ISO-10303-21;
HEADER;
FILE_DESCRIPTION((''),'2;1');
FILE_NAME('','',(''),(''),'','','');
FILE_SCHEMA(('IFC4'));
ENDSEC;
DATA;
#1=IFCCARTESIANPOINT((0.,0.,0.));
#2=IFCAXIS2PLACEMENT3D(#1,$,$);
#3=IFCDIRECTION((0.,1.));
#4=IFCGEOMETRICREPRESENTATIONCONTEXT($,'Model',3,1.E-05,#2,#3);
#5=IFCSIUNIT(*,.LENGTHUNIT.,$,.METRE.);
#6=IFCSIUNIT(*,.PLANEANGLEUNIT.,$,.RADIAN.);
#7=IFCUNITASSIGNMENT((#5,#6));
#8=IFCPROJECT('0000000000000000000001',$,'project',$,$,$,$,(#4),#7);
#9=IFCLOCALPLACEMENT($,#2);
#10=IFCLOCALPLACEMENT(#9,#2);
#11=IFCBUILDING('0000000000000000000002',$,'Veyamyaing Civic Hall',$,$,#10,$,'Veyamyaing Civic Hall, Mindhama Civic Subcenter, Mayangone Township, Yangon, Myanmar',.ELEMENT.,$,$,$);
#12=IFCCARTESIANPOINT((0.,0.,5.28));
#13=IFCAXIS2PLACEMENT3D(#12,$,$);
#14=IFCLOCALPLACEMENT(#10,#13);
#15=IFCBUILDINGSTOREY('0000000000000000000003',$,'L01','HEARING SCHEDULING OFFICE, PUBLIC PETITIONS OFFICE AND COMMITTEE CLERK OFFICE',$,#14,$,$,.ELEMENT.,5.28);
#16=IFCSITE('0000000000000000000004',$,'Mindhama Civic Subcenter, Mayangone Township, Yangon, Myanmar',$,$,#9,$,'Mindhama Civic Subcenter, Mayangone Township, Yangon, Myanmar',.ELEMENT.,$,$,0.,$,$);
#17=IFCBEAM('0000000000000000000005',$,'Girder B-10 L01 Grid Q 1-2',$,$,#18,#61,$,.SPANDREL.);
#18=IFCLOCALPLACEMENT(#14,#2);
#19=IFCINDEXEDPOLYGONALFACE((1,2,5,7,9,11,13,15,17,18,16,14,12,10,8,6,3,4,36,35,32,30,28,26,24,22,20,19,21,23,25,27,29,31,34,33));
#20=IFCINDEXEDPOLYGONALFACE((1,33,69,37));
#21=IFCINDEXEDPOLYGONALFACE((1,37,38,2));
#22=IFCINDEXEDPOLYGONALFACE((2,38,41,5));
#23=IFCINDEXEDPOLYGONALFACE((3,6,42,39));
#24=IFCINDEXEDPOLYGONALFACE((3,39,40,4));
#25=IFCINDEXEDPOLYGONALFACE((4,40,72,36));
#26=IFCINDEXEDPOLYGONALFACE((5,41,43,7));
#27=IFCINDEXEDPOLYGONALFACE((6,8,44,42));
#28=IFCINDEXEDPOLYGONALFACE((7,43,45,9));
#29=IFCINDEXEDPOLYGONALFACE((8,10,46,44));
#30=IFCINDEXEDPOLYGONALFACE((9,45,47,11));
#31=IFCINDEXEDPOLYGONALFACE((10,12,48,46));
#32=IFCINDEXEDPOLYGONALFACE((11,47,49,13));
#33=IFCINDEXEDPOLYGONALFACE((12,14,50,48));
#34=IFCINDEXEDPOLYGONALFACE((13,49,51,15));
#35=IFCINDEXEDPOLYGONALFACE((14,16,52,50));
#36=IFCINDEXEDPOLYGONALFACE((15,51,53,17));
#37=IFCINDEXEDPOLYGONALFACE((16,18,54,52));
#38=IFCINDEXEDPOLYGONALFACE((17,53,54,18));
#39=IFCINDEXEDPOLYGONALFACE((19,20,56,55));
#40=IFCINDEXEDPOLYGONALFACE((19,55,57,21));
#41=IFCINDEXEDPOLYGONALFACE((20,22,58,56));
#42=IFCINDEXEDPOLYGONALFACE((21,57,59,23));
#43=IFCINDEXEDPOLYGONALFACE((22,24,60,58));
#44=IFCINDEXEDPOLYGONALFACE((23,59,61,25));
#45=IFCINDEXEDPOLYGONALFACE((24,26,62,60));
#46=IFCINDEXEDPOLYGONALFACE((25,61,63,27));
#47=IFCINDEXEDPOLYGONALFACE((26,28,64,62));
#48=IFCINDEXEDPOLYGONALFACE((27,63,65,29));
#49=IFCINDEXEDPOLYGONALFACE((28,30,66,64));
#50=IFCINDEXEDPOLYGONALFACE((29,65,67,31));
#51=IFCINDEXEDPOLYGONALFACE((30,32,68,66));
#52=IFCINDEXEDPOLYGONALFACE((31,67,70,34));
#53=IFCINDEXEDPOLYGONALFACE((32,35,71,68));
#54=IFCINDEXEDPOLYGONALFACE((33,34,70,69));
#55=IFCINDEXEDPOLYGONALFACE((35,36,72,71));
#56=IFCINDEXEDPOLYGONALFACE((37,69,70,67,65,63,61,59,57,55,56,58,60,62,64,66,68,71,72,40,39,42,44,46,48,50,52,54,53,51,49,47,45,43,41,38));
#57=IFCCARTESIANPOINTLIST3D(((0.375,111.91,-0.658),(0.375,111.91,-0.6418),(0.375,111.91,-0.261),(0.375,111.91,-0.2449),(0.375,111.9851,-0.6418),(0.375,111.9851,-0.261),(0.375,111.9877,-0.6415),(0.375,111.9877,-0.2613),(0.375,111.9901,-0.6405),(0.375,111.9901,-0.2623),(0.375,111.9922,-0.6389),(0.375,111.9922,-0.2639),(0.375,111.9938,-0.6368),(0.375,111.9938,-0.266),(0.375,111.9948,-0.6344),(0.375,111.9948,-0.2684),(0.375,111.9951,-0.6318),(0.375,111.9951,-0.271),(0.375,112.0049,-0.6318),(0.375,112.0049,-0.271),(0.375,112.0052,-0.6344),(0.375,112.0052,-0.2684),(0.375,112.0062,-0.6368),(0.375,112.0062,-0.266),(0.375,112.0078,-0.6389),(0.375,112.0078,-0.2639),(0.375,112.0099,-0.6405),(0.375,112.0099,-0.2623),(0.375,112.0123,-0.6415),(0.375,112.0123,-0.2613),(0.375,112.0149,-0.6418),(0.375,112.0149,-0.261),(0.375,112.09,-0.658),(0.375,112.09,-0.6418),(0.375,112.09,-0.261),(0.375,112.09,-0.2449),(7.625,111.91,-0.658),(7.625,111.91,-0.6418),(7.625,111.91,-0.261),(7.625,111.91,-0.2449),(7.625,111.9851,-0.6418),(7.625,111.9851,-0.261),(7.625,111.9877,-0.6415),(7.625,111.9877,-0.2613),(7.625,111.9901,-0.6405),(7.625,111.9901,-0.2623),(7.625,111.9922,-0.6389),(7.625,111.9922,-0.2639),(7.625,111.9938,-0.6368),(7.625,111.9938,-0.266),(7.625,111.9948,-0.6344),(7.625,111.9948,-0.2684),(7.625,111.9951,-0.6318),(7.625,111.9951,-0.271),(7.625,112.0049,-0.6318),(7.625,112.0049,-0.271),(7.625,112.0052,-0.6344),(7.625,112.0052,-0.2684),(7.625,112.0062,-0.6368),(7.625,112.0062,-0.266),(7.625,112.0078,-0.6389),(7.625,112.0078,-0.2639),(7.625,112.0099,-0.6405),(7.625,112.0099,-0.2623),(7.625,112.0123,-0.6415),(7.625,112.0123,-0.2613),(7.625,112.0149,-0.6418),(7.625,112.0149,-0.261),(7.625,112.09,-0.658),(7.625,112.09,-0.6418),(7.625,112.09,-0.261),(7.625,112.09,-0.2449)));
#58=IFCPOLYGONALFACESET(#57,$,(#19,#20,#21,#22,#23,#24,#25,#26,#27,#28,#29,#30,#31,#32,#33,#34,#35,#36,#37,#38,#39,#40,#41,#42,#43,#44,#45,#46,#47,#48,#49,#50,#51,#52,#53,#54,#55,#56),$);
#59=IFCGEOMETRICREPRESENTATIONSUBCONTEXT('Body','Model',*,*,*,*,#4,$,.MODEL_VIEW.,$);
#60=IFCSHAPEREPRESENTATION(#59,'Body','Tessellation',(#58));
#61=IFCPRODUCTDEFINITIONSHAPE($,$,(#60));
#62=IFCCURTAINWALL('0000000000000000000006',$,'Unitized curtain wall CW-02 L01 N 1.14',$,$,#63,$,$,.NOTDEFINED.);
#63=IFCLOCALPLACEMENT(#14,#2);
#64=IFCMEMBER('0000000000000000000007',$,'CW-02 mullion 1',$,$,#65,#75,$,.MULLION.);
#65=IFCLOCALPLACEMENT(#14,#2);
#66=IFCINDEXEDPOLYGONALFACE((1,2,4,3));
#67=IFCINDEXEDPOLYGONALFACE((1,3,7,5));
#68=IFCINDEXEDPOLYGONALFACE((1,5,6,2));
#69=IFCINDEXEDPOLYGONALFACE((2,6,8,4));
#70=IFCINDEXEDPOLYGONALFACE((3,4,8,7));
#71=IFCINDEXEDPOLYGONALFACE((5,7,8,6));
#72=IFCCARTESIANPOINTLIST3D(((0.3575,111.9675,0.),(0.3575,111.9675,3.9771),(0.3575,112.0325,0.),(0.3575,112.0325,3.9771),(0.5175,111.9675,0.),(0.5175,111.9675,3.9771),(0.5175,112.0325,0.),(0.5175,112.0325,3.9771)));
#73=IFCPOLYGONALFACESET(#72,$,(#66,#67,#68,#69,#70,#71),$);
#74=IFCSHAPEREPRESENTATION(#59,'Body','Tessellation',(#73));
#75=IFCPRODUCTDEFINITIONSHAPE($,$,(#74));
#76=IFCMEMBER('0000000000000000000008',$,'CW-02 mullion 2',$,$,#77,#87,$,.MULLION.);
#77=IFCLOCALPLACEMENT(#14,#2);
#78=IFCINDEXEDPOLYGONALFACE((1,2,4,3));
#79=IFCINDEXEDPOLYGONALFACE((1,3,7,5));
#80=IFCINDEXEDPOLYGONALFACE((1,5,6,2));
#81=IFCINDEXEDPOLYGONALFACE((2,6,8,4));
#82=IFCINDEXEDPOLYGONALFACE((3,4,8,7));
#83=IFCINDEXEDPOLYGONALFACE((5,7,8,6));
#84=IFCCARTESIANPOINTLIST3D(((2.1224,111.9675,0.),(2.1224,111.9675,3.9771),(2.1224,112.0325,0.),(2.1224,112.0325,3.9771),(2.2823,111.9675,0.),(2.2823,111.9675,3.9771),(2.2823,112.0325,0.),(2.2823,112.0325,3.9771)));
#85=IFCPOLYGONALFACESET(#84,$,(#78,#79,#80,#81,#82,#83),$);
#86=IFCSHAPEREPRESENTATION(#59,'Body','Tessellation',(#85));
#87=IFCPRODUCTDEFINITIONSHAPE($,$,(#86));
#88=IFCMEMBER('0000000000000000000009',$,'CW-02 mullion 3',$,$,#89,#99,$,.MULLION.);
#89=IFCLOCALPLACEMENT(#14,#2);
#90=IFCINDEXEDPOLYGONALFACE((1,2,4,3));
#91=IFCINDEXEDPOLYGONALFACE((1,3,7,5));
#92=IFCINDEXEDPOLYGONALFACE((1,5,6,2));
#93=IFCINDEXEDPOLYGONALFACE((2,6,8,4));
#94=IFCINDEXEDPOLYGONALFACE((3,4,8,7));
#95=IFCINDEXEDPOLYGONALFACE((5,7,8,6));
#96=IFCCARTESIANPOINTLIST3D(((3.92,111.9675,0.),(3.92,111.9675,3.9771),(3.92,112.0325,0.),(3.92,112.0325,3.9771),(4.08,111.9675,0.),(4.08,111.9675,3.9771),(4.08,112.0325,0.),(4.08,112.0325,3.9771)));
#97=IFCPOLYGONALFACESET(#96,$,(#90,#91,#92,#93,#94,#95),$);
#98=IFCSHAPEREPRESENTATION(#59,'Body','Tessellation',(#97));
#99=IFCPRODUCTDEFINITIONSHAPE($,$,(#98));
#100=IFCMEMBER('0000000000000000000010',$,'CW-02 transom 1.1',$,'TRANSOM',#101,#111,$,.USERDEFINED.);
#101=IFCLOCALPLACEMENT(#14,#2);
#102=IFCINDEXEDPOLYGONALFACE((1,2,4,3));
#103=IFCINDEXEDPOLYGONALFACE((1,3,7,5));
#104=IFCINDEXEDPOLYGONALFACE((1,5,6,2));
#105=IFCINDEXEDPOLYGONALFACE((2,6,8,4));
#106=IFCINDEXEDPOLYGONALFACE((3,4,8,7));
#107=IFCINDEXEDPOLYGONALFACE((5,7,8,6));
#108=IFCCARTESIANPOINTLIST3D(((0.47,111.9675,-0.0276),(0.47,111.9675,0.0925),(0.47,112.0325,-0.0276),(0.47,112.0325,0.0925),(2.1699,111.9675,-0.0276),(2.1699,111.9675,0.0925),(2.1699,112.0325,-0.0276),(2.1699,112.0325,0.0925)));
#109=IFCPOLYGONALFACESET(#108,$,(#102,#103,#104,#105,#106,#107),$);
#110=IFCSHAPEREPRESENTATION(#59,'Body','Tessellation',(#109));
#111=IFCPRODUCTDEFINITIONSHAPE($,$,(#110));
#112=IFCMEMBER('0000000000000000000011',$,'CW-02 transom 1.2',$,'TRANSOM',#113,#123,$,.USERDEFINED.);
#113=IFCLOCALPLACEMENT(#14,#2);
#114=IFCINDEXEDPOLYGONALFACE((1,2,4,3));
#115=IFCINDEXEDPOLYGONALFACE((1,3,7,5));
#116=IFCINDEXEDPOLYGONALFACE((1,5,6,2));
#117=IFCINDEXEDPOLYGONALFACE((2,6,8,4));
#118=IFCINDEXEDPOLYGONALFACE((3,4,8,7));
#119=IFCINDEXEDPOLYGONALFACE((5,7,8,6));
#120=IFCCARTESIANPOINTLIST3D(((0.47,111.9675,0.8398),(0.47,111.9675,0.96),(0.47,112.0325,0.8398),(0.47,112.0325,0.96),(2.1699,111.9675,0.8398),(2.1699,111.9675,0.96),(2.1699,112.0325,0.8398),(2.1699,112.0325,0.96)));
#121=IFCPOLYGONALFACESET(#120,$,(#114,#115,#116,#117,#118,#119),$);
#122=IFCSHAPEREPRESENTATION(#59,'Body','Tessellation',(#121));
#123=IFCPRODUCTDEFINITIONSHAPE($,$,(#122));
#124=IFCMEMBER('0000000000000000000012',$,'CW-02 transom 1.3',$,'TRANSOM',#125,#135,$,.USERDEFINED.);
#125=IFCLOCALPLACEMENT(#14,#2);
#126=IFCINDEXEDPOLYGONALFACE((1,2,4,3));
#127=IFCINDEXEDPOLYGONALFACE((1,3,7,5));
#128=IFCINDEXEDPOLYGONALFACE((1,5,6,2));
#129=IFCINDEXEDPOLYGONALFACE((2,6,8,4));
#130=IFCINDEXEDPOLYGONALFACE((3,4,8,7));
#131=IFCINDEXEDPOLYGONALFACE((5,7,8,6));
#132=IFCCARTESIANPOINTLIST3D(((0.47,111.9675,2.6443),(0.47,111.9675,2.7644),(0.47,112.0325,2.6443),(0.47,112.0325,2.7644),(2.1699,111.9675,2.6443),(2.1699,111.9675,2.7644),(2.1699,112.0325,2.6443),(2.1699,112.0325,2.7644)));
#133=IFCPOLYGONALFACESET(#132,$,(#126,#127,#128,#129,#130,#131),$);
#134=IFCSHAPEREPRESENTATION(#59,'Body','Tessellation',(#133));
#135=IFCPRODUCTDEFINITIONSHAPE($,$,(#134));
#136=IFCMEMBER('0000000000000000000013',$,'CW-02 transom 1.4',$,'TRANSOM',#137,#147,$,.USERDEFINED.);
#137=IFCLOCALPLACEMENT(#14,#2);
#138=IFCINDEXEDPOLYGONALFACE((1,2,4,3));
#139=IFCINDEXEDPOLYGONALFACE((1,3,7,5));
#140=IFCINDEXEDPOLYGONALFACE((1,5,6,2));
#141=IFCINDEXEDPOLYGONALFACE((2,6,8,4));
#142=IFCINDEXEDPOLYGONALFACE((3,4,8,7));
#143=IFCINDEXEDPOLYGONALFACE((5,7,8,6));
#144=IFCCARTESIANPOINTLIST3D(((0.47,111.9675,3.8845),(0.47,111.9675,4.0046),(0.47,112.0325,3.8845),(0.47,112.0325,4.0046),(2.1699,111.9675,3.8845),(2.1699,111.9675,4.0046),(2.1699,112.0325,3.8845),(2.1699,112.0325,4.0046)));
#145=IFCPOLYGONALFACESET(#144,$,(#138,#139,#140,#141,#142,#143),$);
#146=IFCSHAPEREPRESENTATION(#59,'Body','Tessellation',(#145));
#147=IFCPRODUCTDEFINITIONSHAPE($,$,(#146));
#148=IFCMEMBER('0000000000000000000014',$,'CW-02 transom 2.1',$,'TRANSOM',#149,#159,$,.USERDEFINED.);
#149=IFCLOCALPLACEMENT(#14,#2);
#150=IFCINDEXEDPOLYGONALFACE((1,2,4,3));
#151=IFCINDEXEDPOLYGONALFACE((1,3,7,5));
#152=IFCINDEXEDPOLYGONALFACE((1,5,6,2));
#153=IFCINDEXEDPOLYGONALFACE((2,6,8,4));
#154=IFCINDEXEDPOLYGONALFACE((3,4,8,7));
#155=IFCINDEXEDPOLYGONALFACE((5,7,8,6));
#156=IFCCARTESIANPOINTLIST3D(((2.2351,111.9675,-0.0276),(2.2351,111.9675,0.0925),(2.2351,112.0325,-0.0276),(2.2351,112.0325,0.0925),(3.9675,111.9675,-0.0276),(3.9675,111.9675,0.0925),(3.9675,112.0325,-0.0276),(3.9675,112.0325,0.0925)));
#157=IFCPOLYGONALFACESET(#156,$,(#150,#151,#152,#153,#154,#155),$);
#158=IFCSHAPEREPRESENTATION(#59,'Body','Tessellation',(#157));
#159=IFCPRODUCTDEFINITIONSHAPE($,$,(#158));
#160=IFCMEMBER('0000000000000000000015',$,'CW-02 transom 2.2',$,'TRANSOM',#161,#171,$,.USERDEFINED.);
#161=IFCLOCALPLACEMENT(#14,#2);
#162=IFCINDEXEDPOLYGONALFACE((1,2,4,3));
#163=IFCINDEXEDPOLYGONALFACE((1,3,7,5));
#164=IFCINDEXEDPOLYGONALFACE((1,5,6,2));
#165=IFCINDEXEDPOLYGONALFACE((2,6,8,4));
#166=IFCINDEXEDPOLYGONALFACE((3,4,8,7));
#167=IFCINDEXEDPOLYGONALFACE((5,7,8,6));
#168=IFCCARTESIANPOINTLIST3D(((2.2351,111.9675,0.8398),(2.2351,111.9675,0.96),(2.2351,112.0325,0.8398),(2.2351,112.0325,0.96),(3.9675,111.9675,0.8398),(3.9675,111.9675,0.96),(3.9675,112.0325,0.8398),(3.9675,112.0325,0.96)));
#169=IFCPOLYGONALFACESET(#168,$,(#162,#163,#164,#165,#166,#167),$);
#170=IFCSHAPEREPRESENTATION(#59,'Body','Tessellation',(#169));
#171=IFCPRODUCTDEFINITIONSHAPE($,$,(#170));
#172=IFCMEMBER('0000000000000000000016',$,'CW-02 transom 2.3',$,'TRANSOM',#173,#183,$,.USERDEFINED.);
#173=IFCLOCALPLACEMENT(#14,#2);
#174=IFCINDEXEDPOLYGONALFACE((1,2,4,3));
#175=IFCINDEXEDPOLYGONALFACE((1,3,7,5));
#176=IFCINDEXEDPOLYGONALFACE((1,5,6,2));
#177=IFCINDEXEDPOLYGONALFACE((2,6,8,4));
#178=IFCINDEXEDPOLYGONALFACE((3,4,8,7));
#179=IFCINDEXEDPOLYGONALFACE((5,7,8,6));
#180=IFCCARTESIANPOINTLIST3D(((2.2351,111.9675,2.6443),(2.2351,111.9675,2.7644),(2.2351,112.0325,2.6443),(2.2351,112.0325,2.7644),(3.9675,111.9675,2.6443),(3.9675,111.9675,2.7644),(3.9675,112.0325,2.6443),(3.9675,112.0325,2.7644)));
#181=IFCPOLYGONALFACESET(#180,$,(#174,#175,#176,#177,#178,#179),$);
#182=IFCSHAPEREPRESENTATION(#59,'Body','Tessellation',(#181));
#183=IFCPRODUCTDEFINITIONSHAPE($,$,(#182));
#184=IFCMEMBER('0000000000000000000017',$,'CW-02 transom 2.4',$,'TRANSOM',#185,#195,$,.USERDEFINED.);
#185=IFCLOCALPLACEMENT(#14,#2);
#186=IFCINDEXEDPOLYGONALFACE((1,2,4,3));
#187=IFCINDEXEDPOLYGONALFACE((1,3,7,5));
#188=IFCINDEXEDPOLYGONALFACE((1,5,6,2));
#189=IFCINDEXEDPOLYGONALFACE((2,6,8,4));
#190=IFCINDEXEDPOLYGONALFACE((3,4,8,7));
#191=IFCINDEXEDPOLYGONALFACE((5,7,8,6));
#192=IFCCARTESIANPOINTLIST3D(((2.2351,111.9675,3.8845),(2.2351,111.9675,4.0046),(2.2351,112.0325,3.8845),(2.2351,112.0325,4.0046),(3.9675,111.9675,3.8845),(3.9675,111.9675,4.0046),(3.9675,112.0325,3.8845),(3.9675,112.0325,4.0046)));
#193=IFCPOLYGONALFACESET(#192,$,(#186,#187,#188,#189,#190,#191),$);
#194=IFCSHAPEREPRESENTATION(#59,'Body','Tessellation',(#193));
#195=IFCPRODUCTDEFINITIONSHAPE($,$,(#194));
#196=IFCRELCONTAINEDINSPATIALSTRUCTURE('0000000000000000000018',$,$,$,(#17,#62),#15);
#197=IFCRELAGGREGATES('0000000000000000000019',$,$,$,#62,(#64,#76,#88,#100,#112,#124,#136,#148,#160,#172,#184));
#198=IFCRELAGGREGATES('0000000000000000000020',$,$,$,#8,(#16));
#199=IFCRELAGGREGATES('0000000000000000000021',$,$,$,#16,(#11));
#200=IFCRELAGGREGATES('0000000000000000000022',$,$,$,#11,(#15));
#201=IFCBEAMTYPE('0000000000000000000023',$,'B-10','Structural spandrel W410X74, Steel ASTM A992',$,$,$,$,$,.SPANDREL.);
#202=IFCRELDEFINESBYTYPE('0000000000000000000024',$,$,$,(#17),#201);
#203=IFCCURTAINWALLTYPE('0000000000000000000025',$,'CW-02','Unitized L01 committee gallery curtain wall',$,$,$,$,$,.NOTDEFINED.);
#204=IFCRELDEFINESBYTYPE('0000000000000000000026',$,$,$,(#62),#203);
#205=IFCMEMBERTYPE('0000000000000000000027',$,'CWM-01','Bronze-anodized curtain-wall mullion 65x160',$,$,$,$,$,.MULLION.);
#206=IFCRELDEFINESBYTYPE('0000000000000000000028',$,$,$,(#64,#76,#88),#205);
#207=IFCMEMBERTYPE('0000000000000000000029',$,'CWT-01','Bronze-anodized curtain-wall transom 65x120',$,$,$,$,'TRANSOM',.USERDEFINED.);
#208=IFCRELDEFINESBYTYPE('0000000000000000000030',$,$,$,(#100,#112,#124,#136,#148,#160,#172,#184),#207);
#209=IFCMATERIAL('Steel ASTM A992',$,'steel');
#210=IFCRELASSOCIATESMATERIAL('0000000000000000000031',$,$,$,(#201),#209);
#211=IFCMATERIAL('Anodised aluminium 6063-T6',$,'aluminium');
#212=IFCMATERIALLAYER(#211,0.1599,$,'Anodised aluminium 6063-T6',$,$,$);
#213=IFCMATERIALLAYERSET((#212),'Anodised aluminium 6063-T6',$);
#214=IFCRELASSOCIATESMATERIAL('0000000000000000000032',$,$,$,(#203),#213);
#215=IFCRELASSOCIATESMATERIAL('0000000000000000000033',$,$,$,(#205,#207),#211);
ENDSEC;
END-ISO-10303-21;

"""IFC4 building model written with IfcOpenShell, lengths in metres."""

from ifc_helpers import new_model, si_unit, direction, frame, origin, origin_2d, place, context, subcontext, project, spatial, rectangle, i_section, extrude, material, layer, layer_set, material_profile, profile_set, type_object, element, aggregate, save


model = new_model("IFC4")

# Units and contexts
model_context = context("Model", 3, precision=1e-05, world=origin(), true_north=direction((0.0, 1.0)))
body_context = subcontext(model_context, "Body", "Model", "MODEL_VIEW")
ifc_project = project(units=[si_unit("LENGTHUNIT", "METRE"), si_unit("PLANEANGLEUNIT", "RADIAN")], contexts=[model_context])

# Site, building, storey
site_placement = place(None, origin())
site = spatial("IfcSite", under=ifc_project, at=site_placement, Name="Mindhama Civic Subcenter, Mayangone Township, Yangon, Myanmar", LongName="Mindhama Civic Subcenter, Mayangone Township, Yangon, Myanmar", CompositionType="ELEMENT", RefElevation=0.0)
building_placement = place(site_placement, origin())
building = spatial("IfcBuilding", under=site, at=building_placement, Name="Veyamyaing Civic Hall", LongName="Veyamyaing Civic Hall, Mindhama Civic Subcenter, Mayangone Township, Yangon, Myanmar", CompositionType="ELEMENT")
storey_placement = place(building_placement, frame((0.0, 0.0, 5.28)))
storey = spatial("IfcBuildingStorey", under=building, at=storey_placement, Name="L01", Description="HEARING SCHEDULING OFFICE, PUBLIC PETITIONS OFFICE AND COMMITTEE CLERK OFFICE", CompositionType="ELEMENT", Elevation=5.28)

# Beam
ifc_material_1 = material(Name="Steel ASTM A992", Category="steel")
ifc_material_profile_1 = material_profile(ifc_material_1, i_section(OverallWidth=0.1799, OverallDepth=0.4131, WebThickness=0.0098, FlangeThickness=0.0161, FilletRadius=0.01, at=origin_2d()), Name="W410X74")
ifc_profile_set_1 = profile_set([ifc_material_profile_1], Name="Steel ASTM A992")
beam_type = type_object("IfcBeamType", Name="B-10", Description="Structural spandrel W410X74, Steel ASTM A992", PredefinedType="SPANDREL", material=ifc_profile_set_1)
beam_placement = place(storey_placement, frame((0.375, 112.0, -0.4514), z_axis=(1.0, 0.0, 0.0), x_axis=(0.0, 1.0, 0.0)))
element("IfcBeam", 1, at=beam_placement, inside=storey, type_object=beam_type, Name="Girder B-10 L01 Grid Q 1-2", PredefinedType="SPANDREL", context=body_context, shape_type="SweptSolid", body=[
    extrude(i_section(OverallWidth=0.1799, OverallDepth=0.4131, WebThickness=0.0098, FlangeThickness=0.0161, FilletRadius=0.01, at=origin_2d()), origin(), (0.0, 0.0, 1.0), 7.25),
])

# Curtain wall, members
ifc_material_2 = material(Name="Anodised aluminium 6063-T6", Category="aluminium")
ifc_layer_1 = layer(ifc_material_2, 0.1599, Name="Anodised aluminium 6063-T6")
ifc_layer_set_1 = layer_set([ifc_layer_1], Name="Anodised aluminium 6063-T6")
curtain_wall_type = type_object("IfcCurtainWallType", Name="CW-02", Description="Unitized L01 committee gallery curtain wall", PredefinedType="NOTDEFINED", material=ifc_layer_set_1)
curtain_wall_placement = place(storey_placement, origin())
curtain_wall = element("IfcCurtainWall", 2, at=curtain_wall_placement, inside=storey, type_object=curtain_wall_type, Name="Unitized curtain wall CW-02 L01 N 1.14", PredefinedType="NOTDEFINED")
ifc_material_profile_2 = material_profile(ifc_material_2, rectangle(XDim=0.0649, YDim=0.1599, at=origin_2d()), Name="ALU-MUL-65X160")
ifc_profile_set_2 = profile_set([ifc_material_profile_2], Name="Anodised aluminium 6063-T6")
member_type_1 = type_object("IfcMemberType", Name="CWM-01", Description="Bronze-anodized curtain-wall mullion 65x160", PredefinedType="MULLION", material=ifc_profile_set_2)
member_1_placement = place(storey_placement, frame((0.4375, 112.0, 0.0), z_axis=(0.0, 0.0, 1.0), x_axis=(0.0, 1.0, 0.0)))
member_1 = element("IfcMember", 3, at=member_1_placement, type_object=member_type_1, Name="CW-02 mullion 1", PredefinedType="MULLION", context=body_context, shape_type="SweptSolid", body=[
    extrude(rectangle(XDim=0.0649, YDim=0.1599, at=origin_2d()), origin(), (0.0, 0.0, 1.0), 3.9771),
])
member_2_placement = place(storey_placement, frame((2.2024, 112.0, 0.0), z_axis=(0.0, 0.0, 1.0), x_axis=(0.0, 1.0, 0.0)))
member_2 = element("IfcMember", 4, at=member_2_placement, type_object=member_type_1, Name="CW-02 mullion 2", PredefinedType="MULLION", context=body_context, shape_type="SweptSolid", body=[
    extrude(rectangle(XDim=0.0649, YDim=0.1599, at=origin_2d()), origin(), (0.0, 0.0, 1.0), 3.9771),
])
member_3_placement = place(storey_placement, frame((4.0, 112.0, 0.0), z_axis=(0.0, 0.0, 1.0), x_axis=(0.0, 1.0, 0.0)))
member_3 = element("IfcMember", 5, at=member_3_placement, type_object=member_type_1, Name="CW-02 mullion 3", PredefinedType="MULLION", context=body_context, shape_type="SweptSolid", body=[
    extrude(rectangle(XDim=0.0649, YDim=0.1599, at=origin_2d()), origin(), (0.0, 0.0, 1.0), 3.9771),
])
ifc_material_profile_3 = material_profile(ifc_material_2, rectangle(XDim=0.0649, YDim=0.1201, at=origin_2d()), Name="ALU-TRN-65X120")
ifc_profile_set_3 = profile_set([ifc_material_profile_3], Name="Anodised aluminium 6063-T6")
member_type_2 = type_object("IfcMemberType", Name="CWT-01", Description="Bronze-anodized curtain-wall transom 65x120", ElementType="TRANSOM", PredefinedType="USERDEFINED", material=ifc_profile_set_3)
member_4_placement = place(storey_placement, frame((0.47, 112.0, 0.0325), z_axis=(1.0, 0.0, 0.0), x_axis=(0.0, 1.0, 0.0)))
member_4 = element("IfcMember", 6, at=member_4_placement, type_object=member_type_2, Name="CW-02 transom 1.1", ObjectType="TRANSOM", PredefinedType="USERDEFINED", context=body_context, shape_type="SweptSolid", body=[
    extrude(rectangle(XDim=0.0649, YDim=0.1201, at=origin_2d()), origin(), (0.0, 0.0, 1.0), 1.7),
])
member_5_placement = place(storey_placement, frame((0.47, 112.0, 0.8999), z_axis=(1.0, 0.0, 0.0), x_axis=(0.0, 1.0, 0.0)))
member_5 = element("IfcMember", 7, at=member_5_placement, type_object=member_type_2, Name="CW-02 transom 1.2", ObjectType="TRANSOM", PredefinedType="USERDEFINED", context=body_context, shape_type="SweptSolid", body=[
    extrude(rectangle(XDim=0.0649, YDim=0.1201, at=origin_2d()), origin(), (0.0, 0.0, 1.0), 1.7),
])
member_6_placement = place(storey_placement, frame((0.47, 112.0, 2.7043), z_axis=(1.0, 0.0, 0.0), x_axis=(0.0, 1.0, 0.0)))
member_6 = element("IfcMember", 8, at=member_6_placement, type_object=member_type_2, Name="CW-02 transom 1.3", ObjectType="TRANSOM", PredefinedType="USERDEFINED", context=body_context, shape_type="SweptSolid", body=[
    extrude(rectangle(XDim=0.0649, YDim=0.1201, at=origin_2d()), origin(), (0.0, 0.0, 1.0), 1.7),
])
member_7_placement = place(storey_placement, frame((0.47, 112.0, 3.9446), z_axis=(1.0, 0.0, 0.0), x_axis=(0.0, 1.0, 0.0)))
member_7 = element("IfcMember", 9, at=member_7_placement, type_object=member_type_2, Name="CW-02 transom 1.4", ObjectType="TRANSOM", PredefinedType="USERDEFINED", context=body_context, shape_type="SweptSolid", body=[
    extrude(rectangle(XDim=0.0649, YDim=0.1201, at=origin_2d()), origin(), (0.0, 0.0, 1.0), 1.7),
])
member_8_placement = place(storey_placement, frame((2.2351, 112.0, 0.0325), z_axis=(1.0, 0.0, 0.0), x_axis=(0.0, 1.0, 0.0)))
member_8 = element("IfcMember", 10, at=member_8_placement, type_object=member_type_2, Name="CW-02 transom 2.1", ObjectType="TRANSOM", PredefinedType="USERDEFINED", context=body_context, shape_type="SweptSolid", body=[
    extrude(rectangle(XDim=0.0649, YDim=0.1201, at=origin_2d()), origin(), (0.0, 0.0, 1.0), 1.7324),
])
member_9_placement = place(storey_placement, frame((2.2351, 112.0, 0.8999), z_axis=(1.0, 0.0, 0.0), x_axis=(0.0, 1.0, 0.0)))
member_9 = element("IfcMember", 11, at=member_9_placement, type_object=member_type_2, Name="CW-02 transom 2.2", ObjectType="TRANSOM", PredefinedType="USERDEFINED", context=body_context, shape_type="SweptSolid", body=[
    extrude(rectangle(XDim=0.0649, YDim=0.1201, at=origin_2d()), origin(), (0.0, 0.0, 1.0), 1.7324),
])
member_10_placement = place(storey_placement, frame((2.2351, 112.0, 2.7043), z_axis=(1.0, 0.0, 0.0), x_axis=(0.0, 1.0, 0.0)))
member_10 = element("IfcMember", 12, at=member_10_placement, type_object=member_type_2, Name="CW-02 transom 2.3", ObjectType="TRANSOM", PredefinedType="USERDEFINED", context=body_context, shape_type="SweptSolid", body=[
    extrude(rectangle(XDim=0.0649, YDim=0.1201, at=origin_2d()), origin(), (0.0, 0.0, 1.0), 1.7324),
])
member_11_placement = place(storey_placement, frame((2.2351, 112.0, 3.9446), z_axis=(1.0, 0.0, 0.0), x_axis=(0.0, 1.0, 0.0)))
member_11 = element("IfcMember", 13, at=member_11_placement, type_object=member_type_2, Name="CW-02 transom 2.4", ObjectType="TRANSOM", PredefinedType="USERDEFINED", context=body_context, shape_type="SweptSolid", body=[
    extrude(rectangle(XDim=0.0649, YDim=0.1201, at=origin_2d()), origin(), (0.0, 0.0, 1.0), 1.7324),
])
aggregate(curtain_wall, [member_1, member_2, member_3, member_4, member_5, member_6, member_7, member_8, member_9, member_10, member_11])

save(model, "model.ifc")
